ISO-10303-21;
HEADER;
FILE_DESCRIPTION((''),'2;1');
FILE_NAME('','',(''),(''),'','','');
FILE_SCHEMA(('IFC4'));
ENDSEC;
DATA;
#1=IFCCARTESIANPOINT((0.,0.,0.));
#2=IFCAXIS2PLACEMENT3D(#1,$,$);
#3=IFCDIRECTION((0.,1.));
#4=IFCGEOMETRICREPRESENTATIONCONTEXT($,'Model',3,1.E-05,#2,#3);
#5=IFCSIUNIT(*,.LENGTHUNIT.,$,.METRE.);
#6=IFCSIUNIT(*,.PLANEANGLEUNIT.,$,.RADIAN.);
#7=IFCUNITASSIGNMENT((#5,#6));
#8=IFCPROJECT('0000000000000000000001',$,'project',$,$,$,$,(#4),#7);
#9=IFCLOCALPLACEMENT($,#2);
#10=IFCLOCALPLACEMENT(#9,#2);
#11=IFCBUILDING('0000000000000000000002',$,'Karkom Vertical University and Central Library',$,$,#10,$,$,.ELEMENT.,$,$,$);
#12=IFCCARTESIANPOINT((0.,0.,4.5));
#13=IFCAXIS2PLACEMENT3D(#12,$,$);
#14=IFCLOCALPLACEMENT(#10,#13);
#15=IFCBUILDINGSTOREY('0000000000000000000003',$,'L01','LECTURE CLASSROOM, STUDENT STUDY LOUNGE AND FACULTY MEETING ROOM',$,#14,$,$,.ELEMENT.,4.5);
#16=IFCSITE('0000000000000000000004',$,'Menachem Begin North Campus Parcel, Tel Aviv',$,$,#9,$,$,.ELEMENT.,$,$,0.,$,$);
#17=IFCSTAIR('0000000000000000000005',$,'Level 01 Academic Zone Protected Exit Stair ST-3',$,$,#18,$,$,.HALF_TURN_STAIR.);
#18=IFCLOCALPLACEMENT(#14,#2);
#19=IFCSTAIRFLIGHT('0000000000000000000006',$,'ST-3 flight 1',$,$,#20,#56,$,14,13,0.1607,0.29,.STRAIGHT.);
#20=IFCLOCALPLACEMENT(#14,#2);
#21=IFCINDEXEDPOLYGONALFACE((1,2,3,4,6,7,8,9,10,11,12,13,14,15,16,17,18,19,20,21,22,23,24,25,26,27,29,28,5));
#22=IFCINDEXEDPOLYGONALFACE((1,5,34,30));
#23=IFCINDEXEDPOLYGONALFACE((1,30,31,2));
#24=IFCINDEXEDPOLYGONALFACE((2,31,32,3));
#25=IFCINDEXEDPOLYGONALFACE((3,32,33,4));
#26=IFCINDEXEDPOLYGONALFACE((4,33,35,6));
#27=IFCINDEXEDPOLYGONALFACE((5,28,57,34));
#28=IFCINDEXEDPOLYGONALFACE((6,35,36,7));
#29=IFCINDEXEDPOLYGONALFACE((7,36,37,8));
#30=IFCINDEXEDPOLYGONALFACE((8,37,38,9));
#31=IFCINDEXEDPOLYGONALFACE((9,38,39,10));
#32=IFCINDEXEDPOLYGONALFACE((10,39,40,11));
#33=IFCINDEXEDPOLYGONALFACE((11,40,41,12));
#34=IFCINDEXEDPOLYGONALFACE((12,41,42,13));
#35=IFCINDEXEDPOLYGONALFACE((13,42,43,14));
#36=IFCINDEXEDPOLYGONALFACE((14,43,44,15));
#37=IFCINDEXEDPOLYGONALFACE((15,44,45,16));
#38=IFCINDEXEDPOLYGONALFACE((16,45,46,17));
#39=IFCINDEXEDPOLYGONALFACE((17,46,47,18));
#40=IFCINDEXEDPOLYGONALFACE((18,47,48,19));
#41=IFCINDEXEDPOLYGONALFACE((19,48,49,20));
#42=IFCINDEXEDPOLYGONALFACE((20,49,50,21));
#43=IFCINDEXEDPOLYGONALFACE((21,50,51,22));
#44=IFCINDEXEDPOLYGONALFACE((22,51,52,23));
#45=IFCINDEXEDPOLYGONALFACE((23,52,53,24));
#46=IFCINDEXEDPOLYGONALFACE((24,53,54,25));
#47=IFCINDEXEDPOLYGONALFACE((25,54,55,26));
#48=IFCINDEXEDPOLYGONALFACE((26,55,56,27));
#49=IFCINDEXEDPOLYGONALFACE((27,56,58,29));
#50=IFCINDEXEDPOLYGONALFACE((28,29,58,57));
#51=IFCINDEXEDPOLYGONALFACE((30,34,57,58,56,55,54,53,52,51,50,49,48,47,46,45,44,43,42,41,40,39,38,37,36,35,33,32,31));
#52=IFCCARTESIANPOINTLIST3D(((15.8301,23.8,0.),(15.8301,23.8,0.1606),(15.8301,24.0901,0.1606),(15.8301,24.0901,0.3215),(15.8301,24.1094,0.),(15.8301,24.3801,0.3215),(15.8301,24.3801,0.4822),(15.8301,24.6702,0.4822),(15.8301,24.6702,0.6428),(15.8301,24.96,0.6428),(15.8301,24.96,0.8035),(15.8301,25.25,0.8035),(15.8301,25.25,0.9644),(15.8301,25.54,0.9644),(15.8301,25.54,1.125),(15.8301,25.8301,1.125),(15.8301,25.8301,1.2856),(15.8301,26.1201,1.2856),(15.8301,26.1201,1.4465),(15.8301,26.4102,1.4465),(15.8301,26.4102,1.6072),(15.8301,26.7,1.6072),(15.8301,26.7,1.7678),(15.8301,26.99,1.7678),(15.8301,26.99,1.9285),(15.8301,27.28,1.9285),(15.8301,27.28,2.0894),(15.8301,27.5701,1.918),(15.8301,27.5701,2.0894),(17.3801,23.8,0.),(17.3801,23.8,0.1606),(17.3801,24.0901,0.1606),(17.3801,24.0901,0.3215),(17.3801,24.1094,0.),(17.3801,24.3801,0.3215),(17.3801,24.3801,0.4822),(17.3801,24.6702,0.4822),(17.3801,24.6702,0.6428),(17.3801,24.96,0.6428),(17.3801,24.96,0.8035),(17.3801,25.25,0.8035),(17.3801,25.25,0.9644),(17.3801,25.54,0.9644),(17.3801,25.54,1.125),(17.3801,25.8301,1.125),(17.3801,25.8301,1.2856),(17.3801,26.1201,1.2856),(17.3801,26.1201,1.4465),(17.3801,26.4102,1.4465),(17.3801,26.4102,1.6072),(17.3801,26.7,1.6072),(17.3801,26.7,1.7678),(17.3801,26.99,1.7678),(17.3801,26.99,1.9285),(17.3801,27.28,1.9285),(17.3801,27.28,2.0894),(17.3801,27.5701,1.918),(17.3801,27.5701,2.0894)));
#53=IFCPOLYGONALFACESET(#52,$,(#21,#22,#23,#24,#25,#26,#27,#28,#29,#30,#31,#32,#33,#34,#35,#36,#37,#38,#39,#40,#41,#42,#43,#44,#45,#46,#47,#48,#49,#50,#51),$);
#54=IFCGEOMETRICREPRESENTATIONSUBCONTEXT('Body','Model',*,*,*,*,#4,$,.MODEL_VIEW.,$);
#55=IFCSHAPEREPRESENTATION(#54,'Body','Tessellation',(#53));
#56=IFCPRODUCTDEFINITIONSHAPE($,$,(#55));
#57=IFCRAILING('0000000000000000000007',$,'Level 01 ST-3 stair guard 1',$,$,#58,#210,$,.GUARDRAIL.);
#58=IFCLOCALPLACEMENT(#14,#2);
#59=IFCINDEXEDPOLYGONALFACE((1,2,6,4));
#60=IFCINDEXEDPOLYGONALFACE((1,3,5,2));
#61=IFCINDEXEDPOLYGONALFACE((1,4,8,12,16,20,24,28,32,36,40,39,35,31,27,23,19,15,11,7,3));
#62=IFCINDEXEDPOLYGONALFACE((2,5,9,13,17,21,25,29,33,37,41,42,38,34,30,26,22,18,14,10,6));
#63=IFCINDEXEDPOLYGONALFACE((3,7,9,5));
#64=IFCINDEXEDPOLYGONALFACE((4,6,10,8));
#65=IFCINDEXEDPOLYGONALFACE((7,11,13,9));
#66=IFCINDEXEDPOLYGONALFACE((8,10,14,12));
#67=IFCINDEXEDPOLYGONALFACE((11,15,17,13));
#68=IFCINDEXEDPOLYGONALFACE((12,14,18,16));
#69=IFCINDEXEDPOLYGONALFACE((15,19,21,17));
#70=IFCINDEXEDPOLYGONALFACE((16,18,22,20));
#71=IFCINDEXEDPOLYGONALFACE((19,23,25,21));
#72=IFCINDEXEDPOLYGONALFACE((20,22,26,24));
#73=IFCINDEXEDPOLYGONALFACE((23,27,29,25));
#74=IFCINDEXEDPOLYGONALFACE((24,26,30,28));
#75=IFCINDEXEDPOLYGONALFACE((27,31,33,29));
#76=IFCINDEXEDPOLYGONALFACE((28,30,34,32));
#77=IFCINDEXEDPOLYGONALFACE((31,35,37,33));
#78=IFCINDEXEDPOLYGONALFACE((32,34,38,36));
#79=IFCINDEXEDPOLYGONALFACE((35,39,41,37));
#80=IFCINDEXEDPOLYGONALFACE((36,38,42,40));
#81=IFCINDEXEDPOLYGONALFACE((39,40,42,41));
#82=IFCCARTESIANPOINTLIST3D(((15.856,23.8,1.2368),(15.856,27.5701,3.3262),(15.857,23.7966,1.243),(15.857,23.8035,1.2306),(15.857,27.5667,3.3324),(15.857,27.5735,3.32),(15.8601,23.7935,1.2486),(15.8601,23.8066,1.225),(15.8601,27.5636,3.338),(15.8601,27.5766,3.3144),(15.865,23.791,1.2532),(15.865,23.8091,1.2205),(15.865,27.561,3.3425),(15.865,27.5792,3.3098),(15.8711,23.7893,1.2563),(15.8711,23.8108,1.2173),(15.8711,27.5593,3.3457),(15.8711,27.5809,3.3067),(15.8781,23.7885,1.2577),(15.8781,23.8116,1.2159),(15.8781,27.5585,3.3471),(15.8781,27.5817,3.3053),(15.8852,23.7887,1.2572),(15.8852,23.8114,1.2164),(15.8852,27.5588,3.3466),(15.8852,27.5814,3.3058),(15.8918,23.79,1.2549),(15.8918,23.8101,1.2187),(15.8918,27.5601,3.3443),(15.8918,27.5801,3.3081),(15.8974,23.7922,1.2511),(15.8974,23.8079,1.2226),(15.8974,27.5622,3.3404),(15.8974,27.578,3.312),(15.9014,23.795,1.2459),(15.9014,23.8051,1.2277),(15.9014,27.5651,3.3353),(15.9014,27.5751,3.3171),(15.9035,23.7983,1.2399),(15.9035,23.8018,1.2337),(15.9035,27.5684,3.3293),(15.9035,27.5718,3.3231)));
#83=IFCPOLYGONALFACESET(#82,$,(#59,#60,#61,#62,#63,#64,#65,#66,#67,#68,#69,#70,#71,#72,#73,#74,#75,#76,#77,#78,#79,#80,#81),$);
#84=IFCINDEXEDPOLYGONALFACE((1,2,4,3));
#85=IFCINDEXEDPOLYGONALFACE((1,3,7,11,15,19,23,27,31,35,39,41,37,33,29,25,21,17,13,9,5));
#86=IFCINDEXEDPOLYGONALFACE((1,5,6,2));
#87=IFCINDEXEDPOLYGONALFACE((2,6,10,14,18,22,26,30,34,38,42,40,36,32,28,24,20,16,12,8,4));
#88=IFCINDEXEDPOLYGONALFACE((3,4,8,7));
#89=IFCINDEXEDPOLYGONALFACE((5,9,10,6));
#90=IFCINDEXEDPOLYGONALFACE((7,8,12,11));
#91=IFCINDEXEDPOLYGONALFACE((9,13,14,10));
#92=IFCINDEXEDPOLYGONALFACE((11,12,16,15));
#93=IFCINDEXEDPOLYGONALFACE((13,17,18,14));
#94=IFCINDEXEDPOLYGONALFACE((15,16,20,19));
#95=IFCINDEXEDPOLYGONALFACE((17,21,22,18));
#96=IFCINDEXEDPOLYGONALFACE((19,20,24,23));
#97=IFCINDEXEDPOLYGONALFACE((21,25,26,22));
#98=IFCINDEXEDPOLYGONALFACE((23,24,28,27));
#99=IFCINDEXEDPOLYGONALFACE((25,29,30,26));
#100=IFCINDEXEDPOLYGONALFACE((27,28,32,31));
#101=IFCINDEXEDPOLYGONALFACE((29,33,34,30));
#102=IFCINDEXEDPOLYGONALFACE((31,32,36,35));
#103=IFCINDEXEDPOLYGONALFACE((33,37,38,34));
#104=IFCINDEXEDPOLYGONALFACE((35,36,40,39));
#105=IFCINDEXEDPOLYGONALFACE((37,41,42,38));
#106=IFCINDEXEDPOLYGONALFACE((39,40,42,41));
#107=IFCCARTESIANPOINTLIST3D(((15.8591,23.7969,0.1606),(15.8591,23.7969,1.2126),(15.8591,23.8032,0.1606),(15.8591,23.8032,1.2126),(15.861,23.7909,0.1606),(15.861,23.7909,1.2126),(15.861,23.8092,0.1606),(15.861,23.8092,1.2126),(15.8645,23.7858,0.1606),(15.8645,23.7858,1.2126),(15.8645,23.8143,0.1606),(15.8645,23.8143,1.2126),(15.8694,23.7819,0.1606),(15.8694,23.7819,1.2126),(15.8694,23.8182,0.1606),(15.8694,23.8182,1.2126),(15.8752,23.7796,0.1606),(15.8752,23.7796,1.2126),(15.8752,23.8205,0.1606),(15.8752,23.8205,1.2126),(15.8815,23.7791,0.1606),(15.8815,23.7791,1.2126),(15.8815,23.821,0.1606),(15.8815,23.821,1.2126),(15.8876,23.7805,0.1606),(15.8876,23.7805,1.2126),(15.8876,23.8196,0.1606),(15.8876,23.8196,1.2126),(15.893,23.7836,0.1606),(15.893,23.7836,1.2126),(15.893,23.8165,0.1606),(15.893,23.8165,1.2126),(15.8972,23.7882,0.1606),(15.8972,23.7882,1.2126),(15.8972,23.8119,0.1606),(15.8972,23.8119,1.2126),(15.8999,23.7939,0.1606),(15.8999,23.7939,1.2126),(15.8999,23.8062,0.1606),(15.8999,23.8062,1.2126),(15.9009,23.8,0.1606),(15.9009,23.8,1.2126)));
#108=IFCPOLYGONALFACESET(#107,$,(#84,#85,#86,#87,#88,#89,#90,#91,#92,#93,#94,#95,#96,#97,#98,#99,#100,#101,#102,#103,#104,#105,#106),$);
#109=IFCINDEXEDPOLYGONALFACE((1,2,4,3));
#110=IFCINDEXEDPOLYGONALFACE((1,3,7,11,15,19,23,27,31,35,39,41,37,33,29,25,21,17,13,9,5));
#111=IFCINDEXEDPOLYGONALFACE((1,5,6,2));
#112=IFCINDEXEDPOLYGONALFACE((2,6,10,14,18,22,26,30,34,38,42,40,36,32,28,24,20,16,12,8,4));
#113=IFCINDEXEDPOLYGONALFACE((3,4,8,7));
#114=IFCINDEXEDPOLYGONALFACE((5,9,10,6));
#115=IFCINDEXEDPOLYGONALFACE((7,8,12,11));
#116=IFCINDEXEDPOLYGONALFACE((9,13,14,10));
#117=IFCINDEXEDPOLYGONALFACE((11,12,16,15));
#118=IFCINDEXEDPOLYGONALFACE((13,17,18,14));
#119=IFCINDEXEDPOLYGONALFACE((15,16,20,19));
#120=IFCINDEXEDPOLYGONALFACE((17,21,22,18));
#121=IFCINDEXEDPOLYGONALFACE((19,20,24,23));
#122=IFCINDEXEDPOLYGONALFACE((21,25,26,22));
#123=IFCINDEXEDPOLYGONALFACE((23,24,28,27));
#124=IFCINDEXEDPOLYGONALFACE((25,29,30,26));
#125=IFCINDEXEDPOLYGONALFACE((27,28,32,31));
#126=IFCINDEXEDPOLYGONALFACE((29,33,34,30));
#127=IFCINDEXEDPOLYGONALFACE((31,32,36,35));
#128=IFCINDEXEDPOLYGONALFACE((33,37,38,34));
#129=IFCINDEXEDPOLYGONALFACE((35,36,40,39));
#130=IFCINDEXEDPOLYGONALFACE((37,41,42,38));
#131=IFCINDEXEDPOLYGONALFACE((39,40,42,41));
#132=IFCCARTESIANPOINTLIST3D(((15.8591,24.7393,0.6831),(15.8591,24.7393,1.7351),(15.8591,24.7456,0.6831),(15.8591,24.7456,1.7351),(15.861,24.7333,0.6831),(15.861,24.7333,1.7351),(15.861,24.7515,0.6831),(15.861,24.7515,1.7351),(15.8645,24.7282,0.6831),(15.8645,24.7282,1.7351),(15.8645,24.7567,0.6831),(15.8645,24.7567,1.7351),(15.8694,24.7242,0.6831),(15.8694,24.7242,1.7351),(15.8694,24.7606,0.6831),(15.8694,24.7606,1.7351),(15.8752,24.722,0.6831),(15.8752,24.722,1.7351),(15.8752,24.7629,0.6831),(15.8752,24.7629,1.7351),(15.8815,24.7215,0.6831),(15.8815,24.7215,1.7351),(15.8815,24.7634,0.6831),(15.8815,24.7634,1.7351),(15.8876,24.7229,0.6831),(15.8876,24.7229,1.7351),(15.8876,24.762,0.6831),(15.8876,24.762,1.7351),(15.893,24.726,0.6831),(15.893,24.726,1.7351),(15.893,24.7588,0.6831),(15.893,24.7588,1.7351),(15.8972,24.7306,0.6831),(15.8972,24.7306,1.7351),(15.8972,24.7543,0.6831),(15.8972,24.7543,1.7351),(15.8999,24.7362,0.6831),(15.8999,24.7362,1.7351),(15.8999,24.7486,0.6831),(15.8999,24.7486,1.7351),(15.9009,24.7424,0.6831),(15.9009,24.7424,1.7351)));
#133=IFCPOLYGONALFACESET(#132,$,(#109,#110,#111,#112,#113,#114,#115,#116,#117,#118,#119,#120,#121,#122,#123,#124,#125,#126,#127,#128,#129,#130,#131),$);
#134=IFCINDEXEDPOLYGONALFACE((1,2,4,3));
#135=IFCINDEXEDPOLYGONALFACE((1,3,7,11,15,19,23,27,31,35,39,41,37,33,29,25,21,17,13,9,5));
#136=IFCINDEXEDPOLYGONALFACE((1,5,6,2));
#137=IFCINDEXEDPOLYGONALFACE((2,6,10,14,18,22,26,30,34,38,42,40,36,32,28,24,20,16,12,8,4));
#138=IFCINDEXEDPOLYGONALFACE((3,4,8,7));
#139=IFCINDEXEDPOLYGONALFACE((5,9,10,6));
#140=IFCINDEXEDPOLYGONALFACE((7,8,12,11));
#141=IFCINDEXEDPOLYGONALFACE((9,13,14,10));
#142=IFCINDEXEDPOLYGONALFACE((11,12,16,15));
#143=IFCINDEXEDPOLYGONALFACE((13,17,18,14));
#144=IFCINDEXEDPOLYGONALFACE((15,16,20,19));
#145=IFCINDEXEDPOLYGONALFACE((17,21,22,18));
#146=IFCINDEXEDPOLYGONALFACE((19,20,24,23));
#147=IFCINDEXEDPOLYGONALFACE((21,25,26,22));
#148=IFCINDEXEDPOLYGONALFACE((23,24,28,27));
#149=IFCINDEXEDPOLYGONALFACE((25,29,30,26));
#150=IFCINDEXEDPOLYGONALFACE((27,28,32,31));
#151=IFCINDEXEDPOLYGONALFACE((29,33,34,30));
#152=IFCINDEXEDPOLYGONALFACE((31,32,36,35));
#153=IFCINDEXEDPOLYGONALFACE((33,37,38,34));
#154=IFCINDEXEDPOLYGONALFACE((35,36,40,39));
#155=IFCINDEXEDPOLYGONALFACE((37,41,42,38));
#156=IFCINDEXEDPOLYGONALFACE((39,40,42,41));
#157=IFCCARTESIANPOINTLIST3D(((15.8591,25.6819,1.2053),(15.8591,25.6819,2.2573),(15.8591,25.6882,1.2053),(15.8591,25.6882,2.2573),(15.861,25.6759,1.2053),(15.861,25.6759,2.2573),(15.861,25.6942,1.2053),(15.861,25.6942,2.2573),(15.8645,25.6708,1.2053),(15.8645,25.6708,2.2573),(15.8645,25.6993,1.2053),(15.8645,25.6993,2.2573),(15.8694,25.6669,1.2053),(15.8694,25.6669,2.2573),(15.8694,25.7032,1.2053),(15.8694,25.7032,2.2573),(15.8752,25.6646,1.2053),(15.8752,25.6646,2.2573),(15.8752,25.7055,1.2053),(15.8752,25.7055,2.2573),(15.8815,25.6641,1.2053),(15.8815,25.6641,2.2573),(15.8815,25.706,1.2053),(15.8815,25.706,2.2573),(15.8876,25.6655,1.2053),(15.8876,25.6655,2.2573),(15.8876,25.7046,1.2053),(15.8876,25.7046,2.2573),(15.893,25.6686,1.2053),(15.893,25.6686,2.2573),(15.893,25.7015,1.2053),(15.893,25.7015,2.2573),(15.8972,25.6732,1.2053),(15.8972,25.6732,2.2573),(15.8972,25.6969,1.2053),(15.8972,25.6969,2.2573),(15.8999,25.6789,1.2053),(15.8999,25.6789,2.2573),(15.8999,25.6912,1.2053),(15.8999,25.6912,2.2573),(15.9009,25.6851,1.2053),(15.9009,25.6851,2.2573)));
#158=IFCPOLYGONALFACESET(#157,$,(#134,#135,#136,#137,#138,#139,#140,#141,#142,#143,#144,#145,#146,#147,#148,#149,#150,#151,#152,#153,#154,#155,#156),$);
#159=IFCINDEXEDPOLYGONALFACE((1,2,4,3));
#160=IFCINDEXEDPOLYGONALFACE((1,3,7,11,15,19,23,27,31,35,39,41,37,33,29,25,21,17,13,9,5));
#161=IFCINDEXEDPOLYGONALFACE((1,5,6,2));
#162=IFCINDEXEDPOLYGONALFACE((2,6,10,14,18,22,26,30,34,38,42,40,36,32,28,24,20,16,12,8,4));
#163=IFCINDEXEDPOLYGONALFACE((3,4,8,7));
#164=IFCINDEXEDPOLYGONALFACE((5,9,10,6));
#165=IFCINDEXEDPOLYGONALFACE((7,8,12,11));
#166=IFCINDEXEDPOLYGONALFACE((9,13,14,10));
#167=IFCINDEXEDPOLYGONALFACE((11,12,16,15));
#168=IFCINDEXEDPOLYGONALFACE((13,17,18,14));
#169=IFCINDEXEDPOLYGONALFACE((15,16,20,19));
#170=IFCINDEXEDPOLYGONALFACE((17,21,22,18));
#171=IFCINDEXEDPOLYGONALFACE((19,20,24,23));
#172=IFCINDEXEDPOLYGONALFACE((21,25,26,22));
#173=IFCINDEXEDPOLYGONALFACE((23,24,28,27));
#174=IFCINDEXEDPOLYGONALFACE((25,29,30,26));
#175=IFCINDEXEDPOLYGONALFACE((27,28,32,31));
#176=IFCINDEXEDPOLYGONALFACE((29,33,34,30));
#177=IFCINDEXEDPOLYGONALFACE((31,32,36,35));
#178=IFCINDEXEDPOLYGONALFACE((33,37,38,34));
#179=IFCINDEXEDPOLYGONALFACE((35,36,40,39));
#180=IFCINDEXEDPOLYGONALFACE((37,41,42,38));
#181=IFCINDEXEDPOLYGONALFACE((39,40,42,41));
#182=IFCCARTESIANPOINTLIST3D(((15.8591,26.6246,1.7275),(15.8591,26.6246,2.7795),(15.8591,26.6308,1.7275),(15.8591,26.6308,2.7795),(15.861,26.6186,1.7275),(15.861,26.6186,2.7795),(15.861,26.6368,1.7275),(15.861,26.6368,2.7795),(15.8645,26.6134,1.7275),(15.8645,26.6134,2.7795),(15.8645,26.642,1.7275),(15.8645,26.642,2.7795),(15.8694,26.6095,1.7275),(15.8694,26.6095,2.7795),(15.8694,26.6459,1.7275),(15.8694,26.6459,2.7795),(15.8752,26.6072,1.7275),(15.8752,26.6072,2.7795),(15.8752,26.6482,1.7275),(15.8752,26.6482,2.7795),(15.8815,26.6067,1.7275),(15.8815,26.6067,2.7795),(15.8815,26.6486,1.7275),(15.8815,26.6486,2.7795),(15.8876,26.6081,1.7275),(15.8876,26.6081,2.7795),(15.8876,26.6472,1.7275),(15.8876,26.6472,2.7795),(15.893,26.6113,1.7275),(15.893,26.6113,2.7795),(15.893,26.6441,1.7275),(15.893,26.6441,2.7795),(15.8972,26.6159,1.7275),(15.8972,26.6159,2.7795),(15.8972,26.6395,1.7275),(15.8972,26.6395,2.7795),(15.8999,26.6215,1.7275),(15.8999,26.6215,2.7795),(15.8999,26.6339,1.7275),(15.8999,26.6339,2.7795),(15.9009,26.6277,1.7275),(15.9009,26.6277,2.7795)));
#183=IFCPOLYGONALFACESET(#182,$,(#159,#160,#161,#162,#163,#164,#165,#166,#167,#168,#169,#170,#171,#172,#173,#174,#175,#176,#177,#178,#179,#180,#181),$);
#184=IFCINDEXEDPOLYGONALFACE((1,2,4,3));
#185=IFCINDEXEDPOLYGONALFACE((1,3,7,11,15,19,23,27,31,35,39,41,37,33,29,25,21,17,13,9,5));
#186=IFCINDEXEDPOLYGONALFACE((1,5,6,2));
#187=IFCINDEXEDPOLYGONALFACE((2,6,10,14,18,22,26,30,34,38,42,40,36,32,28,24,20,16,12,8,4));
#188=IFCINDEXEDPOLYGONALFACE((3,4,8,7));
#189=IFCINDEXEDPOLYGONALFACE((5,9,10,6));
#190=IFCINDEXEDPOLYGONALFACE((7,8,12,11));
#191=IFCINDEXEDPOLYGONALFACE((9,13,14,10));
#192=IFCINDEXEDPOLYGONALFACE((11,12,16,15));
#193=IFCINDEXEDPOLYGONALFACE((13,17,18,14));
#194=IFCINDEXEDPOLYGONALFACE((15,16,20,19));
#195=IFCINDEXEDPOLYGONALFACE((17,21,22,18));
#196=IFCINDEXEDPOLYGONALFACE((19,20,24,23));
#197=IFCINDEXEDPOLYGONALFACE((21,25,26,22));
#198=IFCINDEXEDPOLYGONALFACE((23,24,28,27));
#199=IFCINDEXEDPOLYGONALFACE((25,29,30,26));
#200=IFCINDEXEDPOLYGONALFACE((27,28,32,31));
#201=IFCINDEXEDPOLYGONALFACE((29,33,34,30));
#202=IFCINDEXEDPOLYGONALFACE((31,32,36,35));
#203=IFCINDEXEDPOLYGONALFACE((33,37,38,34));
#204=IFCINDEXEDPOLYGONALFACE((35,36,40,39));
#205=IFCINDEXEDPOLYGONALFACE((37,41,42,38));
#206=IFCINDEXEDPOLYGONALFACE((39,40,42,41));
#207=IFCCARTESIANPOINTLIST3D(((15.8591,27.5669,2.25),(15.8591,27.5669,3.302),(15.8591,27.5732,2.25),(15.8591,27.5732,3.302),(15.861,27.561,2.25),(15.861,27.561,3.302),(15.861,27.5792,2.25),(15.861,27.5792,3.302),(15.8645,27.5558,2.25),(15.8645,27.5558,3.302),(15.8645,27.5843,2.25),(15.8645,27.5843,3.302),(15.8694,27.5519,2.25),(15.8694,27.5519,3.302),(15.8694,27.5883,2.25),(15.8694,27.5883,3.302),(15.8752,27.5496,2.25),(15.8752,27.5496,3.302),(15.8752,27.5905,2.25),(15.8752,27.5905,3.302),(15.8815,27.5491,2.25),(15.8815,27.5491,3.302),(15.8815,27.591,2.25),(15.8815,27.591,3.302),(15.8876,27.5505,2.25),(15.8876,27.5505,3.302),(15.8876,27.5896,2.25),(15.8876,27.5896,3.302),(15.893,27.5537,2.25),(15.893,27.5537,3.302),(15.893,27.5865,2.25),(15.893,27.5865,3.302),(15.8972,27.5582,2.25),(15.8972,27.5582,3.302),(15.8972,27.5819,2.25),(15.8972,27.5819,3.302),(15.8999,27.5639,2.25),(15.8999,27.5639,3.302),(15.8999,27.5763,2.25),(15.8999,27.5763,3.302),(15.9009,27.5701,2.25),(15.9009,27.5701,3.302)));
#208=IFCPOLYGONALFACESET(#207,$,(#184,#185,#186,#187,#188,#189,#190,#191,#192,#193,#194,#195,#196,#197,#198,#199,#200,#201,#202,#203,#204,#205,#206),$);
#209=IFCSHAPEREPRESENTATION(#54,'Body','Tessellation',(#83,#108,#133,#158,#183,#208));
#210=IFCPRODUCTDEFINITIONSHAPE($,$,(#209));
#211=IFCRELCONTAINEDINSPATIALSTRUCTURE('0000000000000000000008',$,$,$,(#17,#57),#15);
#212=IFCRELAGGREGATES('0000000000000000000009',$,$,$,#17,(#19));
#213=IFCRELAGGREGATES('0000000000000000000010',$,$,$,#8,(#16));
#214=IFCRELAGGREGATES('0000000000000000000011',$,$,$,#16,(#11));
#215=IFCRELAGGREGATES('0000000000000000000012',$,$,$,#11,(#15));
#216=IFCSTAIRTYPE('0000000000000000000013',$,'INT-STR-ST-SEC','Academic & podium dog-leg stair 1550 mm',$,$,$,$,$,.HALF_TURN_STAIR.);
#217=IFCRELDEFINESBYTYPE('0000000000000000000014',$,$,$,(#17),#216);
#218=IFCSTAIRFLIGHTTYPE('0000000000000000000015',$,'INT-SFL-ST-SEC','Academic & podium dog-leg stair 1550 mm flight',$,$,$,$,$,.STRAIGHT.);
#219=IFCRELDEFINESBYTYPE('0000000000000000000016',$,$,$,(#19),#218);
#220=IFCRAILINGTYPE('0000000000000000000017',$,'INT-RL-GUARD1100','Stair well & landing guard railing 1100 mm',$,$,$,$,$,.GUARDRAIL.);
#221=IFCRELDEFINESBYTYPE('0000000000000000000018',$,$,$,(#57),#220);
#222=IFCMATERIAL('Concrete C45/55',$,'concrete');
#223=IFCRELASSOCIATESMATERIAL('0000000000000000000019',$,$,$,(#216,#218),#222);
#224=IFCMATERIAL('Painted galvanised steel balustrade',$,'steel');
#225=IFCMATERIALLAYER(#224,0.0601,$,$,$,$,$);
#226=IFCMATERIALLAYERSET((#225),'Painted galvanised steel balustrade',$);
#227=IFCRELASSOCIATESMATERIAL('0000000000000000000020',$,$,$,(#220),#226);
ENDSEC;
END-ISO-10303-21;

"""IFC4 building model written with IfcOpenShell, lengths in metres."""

from ifc_helpers import new_model, si_unit, direction, frame, origin, origin_2d, place, context, subcontext, project, spatial, polyline, circle, outline, extrude, material, layer, layer_set, type_object, element, aggregate, save


model = new_model("IFC4")

# Units and contexts
model_context = context("Model", 3, precision=1e-05, world=origin(), true_north=direction((0.0, 1.0)))
body_context = subcontext(model_context, "Body", "Model", "MODEL_VIEW")
ifc_project = project(units=[si_unit("LENGTHUNIT", "METRE"), si_unit("PLANEANGLEUNIT", "RADIAN")], contexts=[model_context])

# Site, building, storey
site_placement = place(None, origin())
site = spatial("IfcSite", under=ifc_project, at=site_placement, Name="Menachem Begin North Campus Parcel, Tel Aviv", CompositionType="ELEMENT", RefElevation=0.0)
building_placement = place(site_placement, origin())
building = spatial("IfcBuilding", under=site, at=building_placement, Name="Karkom Vertical University and Central Library", CompositionType="ELEMENT")
storey_placement = place(building_placement, frame((0.0, 0.0, 4.5)))
storey = spatial("IfcBuildingStorey", under=building, at=storey_placement, Name="L01", Description="LECTURE CLASSROOM, STUDENT STUDY LOUNGE AND FACULTY MEETING ROOM", CompositionType="ELEMENT", Elevation=4.5)

# Shared definitions
ifc_material_1 = material(Name="Concrete C45/55", Category="concrete")

# Stair, stair flight
stair_type_1 = type_object("IfcStairType", Name="INT-STR-ST-SEC", Description="Academic & podium dog-leg stair 1550 mm", PredefinedType="HALF_TURN_STAIR", material=ifc_material_1)
stair_1_placement = place(storey_placement, origin())
stair_1 = element("IfcStair", 1, at=stair_1_placement, inside=storey, type_object=stair_type_1, Name="Level 01 Academic Zone Protected Exit Stair ST-3", PredefinedType="HALF_TURN_STAIR")
stair_flight_type_1 = type_object("IfcStairFlightType", Name="INT-SFL-ST-SEC", Description="Academic & podium dog-leg stair 1550 mm flight", PredefinedType="STRAIGHT", material=ifc_material_1)
stair_flight_1_placement = place(storey_placement, frame((16.605, 23.8, 0.0), z_axis=(0.0, 0.0, 1.0), x_axis=(0.0, 1.0, 0.0)))
stair_flight_1 = element("IfcStairFlight", 2, at=stair_flight_1_placement, type_object=stair_flight_type_1, Name="ST-3 flight 1", NumberOfRisers=14, NumberOfTreads=13, PredefinedType="STRAIGHT", RiserHeight=0.1607, TreadLength=0.29, context=body_context, shape_type="SweptSolid", body=[
    extrude(outline(polyline([(0.0, 0.0), (0.0, 0.1606), (0.29, 0.1606), (0.29, 0.3215), (0.5801, 0.3215), (0.5801, 0.4822), (0.8701, 0.4822), (0.8701, 0.6428), (1.1599, 0.6428), (1.1599, 0.8035), (1.45, 0.8035), (1.45, 0.9644), (1.74, 0.9644), (1.74, 1.125), (2.03, 1.125), (2.03, 1.2856), (2.3201, 1.2856), (2.3201, 1.4465), (2.6101, 1.4465), (2.6101, 1.6072), (2.8999, 1.6072), (2.8999, 1.7678), (3.1899, 1.7678), (3.1899, 1.9285), (3.48, 1.9285), (3.48, 2.0894), (3.77, 2.0894), (3.77, 2.25), (3.77, 1.918), (0.3093, 0.0), (0.0, 0.0)])), frame((0.0, 0.7749, 0.0), z_axis=(0.0, -1.0, 0.0), x_axis=(1.0, 0.0, 0.0)), (0.0, 0.0, 1.0), 1.55),
])
aggregate(stair_1, [stair_flight_1])

# Railing
ifc_material_2 = material(Name="Painted galvanised steel balustrade", Category="steel")
ifc_layer_1 = layer(ifc_material_2, 0.0601)
ifc_layer_set_1 = layer_set([ifc_layer_1], Name="Painted galvanised steel balustrade")
railing_type_1 = type_object("IfcRailingType", Name="INT-RL-GUARD1100", Description="Stair well & landing guard railing 1100 mm", PredefinedType="GUARDRAIL", material=ifc_layer_set_1)
railing_1_placement = place(storey_placement, frame((15.8799, 23.8, 0.1606)))
element("IfcRailing", 3, at=railing_1_placement, inside=storey, type_object=railing_type_1, Name="Level 01 ST-3 stair guard 1", PredefinedType="GUARDRAIL", context=body_context, shape_type="SweptSolid", body=[
    extrude(circle(Radius=0.0239, at=origin_2d()), frame((0.0, 0.0, 1.0762), z_axis=(0.0, 0.874659, 0.484739), x_axis=(-1.0, 0.0, 0.0)), (0.0, 0.0, 1.0), 4.3103),
    extrude(circle(Radius=0.021, at=origin_2d()), origin(), (0.0, 0.0, 1.0), 1.052),
    extrude(circle(Radius=0.021, at=origin_2d()), frame((0.0, 0.9424, 0.5225)), (0.0, 0.0, 1.0), 1.052),
    extrude(circle(Radius=0.021, at=origin_2d()), frame((0.0, 1.885, 1.0447)), (0.0, 0.0, 1.0), 1.052),
    extrude(circle(Radius=0.021, at=origin_2d()), frame((0.0, 2.8276, 1.5669)), (0.0, 0.0, 1.0), 1.052),
    extrude(circle(Radius=0.021, at=origin_2d()), frame((0.0, 3.77, 2.0894)), (0.0, 0.0, 1.0), 1.052),
])

save(model, "model.ifc")
